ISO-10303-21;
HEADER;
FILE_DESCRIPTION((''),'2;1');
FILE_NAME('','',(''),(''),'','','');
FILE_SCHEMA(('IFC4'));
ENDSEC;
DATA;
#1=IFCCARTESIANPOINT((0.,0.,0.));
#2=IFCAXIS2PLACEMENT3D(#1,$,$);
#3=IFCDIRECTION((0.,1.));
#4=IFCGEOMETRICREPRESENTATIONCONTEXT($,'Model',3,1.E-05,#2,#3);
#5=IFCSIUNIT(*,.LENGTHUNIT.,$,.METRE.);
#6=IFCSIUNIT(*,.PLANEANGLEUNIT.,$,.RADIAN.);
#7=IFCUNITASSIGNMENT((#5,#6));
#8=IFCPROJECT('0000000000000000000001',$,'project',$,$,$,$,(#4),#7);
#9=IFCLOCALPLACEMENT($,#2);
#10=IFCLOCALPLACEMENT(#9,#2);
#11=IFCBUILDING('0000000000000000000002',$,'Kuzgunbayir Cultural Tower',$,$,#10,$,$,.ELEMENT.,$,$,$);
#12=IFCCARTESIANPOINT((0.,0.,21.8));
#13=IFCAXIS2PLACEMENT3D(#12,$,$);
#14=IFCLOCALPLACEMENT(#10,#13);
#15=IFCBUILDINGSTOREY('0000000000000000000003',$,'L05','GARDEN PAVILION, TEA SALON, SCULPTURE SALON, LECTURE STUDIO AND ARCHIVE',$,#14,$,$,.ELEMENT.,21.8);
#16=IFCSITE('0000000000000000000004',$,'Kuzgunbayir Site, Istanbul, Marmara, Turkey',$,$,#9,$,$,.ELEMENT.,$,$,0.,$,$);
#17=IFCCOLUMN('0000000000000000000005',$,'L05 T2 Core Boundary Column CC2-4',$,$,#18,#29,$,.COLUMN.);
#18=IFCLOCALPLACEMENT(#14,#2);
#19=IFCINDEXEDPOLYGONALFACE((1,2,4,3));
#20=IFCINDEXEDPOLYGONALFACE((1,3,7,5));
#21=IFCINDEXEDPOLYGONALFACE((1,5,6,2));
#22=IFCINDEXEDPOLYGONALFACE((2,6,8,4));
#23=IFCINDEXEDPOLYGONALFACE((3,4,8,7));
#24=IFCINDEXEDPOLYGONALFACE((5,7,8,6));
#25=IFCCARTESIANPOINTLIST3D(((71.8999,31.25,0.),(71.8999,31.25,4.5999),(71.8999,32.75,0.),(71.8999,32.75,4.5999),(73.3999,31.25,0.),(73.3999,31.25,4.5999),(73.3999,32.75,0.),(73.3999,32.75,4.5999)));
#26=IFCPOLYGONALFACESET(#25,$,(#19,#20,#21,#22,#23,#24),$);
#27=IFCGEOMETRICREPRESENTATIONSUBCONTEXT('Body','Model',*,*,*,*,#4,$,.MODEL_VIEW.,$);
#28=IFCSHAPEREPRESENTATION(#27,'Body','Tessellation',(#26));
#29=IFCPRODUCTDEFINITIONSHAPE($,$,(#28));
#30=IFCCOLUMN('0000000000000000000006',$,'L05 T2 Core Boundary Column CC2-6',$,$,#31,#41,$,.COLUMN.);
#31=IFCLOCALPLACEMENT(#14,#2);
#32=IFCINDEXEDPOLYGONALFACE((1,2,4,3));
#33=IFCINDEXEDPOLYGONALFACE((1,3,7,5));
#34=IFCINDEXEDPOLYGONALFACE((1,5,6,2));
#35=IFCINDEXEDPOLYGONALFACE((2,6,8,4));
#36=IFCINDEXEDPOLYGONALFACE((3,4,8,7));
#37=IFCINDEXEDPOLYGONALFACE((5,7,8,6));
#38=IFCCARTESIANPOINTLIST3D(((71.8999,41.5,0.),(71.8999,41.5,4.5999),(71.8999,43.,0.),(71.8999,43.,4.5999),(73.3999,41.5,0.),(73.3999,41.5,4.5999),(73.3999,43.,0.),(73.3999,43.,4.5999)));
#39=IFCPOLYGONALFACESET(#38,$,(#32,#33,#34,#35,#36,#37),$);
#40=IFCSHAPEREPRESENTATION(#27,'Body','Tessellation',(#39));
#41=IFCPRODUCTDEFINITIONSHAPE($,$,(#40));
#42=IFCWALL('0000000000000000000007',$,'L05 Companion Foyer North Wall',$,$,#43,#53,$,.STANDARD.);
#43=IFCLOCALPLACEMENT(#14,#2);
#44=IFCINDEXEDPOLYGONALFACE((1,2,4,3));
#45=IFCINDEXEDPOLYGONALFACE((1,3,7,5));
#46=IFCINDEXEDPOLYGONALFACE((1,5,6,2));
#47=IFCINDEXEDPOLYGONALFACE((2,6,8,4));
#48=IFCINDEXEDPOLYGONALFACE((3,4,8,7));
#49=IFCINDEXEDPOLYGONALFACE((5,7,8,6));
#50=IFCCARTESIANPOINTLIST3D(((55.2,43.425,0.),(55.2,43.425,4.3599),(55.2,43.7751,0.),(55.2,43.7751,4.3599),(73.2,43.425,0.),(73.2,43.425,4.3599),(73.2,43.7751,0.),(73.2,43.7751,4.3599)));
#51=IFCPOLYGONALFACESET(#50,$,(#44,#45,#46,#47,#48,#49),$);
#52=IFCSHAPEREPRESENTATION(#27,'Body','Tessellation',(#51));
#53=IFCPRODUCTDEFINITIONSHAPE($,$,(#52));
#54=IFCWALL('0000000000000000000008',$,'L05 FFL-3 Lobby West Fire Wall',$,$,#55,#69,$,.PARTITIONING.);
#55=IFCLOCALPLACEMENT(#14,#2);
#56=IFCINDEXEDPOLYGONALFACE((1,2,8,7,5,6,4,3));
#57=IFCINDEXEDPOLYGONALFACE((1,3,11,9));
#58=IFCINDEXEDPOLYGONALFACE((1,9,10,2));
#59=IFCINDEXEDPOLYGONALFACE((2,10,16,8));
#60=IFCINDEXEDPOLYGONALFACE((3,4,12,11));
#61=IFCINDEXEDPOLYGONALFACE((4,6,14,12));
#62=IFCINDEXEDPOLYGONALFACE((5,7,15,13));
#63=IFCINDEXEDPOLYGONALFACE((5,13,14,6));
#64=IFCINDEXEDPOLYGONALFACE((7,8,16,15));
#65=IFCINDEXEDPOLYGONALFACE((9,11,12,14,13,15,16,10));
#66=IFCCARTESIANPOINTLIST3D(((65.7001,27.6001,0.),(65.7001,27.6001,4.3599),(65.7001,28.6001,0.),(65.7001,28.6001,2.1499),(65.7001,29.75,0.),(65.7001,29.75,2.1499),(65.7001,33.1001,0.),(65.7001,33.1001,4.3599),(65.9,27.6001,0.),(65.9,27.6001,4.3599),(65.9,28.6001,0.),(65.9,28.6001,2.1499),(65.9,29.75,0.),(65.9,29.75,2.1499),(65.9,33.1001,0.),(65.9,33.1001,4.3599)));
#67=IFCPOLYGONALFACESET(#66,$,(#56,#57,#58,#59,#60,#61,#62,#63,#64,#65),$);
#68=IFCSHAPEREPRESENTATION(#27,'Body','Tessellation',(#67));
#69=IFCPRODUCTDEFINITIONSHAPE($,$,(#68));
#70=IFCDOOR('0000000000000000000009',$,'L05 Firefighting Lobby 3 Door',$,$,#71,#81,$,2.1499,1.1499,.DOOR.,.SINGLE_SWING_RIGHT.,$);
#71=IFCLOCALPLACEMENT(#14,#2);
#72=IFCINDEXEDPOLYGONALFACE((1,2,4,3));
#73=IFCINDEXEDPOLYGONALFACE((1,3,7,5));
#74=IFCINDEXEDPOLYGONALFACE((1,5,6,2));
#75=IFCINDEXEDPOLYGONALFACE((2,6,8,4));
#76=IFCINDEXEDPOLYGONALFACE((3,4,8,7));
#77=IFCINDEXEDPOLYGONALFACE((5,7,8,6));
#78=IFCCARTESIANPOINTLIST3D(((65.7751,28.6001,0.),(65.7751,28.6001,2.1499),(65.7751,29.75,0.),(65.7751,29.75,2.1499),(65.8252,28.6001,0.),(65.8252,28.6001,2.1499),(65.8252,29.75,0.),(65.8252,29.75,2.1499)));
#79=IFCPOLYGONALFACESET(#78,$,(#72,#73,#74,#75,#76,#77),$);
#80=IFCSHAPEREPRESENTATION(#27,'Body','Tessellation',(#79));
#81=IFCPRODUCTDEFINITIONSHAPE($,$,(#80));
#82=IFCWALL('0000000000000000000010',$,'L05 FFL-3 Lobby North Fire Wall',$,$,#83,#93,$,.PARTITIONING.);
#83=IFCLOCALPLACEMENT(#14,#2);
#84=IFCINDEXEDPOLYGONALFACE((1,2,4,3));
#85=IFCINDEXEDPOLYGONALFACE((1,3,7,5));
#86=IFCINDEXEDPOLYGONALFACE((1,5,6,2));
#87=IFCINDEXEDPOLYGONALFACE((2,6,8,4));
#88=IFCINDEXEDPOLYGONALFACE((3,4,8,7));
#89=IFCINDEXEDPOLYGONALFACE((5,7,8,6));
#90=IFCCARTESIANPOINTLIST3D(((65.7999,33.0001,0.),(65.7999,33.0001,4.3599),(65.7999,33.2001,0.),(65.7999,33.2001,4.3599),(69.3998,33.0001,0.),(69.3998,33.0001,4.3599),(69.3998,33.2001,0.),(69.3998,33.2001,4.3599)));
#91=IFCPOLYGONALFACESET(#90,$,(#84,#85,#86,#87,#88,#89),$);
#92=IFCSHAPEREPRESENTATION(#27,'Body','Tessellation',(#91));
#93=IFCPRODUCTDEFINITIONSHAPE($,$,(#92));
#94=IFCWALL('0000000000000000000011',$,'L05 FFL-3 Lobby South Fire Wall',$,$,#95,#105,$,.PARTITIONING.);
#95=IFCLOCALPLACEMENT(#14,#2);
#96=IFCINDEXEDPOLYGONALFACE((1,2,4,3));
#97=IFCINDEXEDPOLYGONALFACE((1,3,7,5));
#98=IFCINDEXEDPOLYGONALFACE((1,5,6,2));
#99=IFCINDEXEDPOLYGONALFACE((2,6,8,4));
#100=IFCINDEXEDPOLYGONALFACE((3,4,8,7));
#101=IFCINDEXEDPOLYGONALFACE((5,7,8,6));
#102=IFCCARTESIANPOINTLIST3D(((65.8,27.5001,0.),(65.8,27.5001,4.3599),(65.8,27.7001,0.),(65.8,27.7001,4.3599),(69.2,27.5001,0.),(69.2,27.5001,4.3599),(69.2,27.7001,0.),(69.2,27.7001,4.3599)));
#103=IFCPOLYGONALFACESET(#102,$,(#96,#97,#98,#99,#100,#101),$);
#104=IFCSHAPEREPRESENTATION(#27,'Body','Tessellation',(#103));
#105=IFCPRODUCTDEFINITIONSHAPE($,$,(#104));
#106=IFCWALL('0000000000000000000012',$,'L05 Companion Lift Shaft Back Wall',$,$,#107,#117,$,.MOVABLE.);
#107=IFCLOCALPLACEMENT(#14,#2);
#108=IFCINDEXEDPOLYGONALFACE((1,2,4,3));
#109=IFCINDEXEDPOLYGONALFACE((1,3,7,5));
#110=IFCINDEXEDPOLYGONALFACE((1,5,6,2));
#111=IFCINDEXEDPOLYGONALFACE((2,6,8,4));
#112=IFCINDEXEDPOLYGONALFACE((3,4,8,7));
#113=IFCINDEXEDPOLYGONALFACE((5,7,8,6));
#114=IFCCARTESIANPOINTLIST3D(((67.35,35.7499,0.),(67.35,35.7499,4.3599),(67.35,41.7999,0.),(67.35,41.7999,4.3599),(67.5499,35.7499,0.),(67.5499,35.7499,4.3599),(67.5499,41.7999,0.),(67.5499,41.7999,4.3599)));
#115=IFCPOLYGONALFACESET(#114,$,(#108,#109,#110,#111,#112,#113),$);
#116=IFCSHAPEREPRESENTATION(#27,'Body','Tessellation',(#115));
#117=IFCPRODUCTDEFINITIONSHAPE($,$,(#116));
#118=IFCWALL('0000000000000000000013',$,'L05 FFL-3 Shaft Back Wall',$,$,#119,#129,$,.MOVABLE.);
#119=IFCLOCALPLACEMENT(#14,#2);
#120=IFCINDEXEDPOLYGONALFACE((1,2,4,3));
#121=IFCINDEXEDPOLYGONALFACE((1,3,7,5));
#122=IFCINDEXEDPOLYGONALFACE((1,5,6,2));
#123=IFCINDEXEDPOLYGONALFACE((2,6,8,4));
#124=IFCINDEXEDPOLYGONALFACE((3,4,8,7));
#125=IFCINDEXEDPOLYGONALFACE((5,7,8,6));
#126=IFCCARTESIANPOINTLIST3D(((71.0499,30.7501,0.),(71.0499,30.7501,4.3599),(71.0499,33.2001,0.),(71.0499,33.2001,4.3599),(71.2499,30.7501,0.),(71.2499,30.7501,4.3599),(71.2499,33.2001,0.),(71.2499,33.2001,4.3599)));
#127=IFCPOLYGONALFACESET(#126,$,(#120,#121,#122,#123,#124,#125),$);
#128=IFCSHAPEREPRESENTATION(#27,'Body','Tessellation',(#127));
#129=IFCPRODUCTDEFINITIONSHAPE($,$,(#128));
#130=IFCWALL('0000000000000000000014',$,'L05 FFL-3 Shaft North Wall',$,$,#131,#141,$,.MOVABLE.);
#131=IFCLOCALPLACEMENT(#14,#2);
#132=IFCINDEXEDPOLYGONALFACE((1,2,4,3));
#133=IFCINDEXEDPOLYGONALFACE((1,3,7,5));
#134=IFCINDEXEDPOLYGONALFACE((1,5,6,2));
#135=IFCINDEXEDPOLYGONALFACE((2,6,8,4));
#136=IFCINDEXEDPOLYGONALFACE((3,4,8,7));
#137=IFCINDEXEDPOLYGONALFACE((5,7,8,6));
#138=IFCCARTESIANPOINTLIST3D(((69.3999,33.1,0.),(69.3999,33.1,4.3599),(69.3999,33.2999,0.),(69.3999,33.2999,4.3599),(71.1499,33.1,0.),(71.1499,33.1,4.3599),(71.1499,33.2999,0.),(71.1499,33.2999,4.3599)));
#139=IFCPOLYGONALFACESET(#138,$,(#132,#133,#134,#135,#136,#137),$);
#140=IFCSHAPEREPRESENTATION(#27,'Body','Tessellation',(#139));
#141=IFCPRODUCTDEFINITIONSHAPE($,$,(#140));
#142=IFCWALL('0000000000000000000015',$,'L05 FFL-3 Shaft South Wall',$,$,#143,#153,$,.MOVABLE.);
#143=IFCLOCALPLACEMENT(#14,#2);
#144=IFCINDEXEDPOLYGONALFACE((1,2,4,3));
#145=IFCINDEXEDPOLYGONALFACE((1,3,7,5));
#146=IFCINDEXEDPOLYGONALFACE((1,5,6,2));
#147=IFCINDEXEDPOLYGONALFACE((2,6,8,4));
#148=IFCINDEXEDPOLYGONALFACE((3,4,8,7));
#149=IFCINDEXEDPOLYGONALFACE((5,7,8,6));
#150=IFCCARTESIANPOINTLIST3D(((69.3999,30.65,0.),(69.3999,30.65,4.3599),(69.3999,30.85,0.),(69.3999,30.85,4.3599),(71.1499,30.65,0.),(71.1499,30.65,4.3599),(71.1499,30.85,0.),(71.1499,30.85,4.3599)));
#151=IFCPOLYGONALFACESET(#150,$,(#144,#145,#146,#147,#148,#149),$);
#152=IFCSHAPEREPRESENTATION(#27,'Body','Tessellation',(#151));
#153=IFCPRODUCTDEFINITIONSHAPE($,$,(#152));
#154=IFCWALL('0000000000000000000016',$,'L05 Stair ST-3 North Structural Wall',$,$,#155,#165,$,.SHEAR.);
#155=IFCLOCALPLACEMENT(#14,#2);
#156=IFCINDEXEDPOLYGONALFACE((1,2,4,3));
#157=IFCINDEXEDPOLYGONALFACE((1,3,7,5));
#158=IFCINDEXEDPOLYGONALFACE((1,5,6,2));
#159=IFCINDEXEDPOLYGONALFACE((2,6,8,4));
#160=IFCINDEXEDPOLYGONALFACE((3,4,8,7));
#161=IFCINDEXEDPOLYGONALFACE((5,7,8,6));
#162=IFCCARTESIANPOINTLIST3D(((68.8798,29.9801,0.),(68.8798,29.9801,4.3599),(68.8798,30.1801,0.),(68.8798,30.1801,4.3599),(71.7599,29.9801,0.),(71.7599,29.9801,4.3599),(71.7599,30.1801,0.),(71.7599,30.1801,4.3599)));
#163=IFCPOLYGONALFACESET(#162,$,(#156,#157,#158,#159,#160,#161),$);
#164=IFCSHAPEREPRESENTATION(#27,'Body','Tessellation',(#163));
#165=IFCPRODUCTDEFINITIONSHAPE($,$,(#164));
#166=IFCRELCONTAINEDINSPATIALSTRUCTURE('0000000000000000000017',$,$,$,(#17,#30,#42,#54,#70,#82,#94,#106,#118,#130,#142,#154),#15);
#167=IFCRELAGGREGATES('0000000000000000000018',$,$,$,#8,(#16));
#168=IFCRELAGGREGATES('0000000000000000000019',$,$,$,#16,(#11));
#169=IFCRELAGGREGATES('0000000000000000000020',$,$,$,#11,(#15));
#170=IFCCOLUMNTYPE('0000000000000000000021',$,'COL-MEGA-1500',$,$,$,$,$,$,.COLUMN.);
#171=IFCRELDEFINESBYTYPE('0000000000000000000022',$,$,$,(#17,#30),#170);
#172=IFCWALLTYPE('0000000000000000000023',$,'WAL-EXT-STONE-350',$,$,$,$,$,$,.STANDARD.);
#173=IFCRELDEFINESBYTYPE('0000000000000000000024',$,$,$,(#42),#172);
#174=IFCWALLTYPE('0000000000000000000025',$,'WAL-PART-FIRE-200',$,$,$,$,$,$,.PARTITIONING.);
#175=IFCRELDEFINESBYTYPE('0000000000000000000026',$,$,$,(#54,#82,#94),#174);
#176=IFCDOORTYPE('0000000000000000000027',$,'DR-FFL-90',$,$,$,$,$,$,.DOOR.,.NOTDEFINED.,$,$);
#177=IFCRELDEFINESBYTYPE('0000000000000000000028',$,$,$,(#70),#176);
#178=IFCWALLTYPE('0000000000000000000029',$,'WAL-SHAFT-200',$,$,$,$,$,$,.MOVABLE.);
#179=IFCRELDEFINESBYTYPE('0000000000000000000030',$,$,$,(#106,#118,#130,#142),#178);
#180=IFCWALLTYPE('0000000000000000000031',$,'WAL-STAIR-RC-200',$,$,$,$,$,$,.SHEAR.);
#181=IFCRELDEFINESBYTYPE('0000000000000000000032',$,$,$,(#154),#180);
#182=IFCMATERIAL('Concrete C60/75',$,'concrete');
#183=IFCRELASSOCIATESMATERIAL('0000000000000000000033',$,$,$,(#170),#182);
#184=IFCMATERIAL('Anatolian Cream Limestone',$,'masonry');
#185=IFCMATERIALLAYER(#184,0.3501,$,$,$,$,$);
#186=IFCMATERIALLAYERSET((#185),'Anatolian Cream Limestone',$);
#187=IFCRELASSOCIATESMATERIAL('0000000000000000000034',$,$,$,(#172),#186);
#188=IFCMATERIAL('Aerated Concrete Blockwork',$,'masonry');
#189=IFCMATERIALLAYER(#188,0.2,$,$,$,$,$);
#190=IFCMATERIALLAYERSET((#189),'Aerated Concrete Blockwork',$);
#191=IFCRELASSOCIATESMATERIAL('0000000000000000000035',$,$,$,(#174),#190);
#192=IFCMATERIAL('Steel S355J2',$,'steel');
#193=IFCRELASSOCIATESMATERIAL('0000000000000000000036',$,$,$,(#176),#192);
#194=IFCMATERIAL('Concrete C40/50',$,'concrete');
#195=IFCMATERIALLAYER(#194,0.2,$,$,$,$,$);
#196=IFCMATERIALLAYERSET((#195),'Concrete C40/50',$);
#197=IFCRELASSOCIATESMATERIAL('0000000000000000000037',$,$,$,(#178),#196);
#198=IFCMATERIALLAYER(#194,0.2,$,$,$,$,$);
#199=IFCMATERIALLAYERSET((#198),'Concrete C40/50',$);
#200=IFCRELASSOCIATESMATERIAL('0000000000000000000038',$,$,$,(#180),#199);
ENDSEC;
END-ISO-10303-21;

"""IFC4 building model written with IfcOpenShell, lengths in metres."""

from ifc_helpers import new_model, si_unit, direction, frame, frame_2d, origin, origin_2d, place, context, subcontext, project, spatial, rectangle, extrude, material, layer, layer_set, material_profile, profile_set, type_object, element, fill, save


model = new_model("IFC4")

# Units and contexts
model_context = context("Model", 3, precision=1e-05, world=origin(), true_north=direction((0.0, 1.0)))
body_context = subcontext(model_context, "Body", "Model", "MODEL_VIEW")
ifc_project = project(units=[si_unit("LENGTHUNIT", "METRE"), si_unit("PLANEANGLEUNIT", "RADIAN")], contexts=[model_context])

# Site, building, storey
site_placement = place(None, origin())
site = spatial("IfcSite", under=ifc_project, at=site_placement, Name="Kuzgunbayir Site, Istanbul, Marmara, Turkey", CompositionType="ELEMENT", RefElevation=0.0)
building_placement = place(site_placement, origin())
building = spatial("IfcBuilding", under=site, at=building_placement, Name="Kuzgunbayir Cultural Tower", CompositionType="ELEMENT")
storey_placement = place(building_placement, frame((0.0, 0.0, 21.8)))
storey = spatial("IfcBuildingStorey", under=building, at=storey_placement, Name="L05", Description="GARDEN PAVILION, TEA SALON, SCULPTURE SALON, LECTURE STUDIO AND ARCHIVE", CompositionType="ELEMENT", Elevation=21.8)

# Columns
ifc_material_1 = material(Name="Concrete C60/75", Category="concrete")
ifc_material_profile = material_profile(ifc_material_1, rectangle(XDim=1.5, YDim=1.5, at=origin_2d()), Name="RC 1500x1500")
ifc_profile_set = profile_set([ifc_material_profile], Name="Concrete C60/75")
column_type = type_object("IfcColumnType", Name="COL-MEGA-1500", PredefinedType="COLUMN", material=ifc_profile_set)
for number, where, z_axis, x_axis, name in (
    (1, (72.6499, 32.0, 0.0), (0.0, 0.0, 1.0), (1.0, 0.0, 0.0), "L05 T2 Core Boundary Column CC2-4"),
    (2, (72.6499, 42.25, 0.0), (0.0, 0.0, 1.0), (1.0, 0.0, 0.0), "L05 T2 Core Boundary Column CC2-6"),
):
    element("IfcColumn", number, at=place(storey_placement, frame(where, z_axis=z_axis, x_axis=x_axis)), inside=storey, type_object=column_type, Name=name, PredefinedType="COLUMN", context=body_context, shape_type="SweptSolid", body=[
        extrude(rectangle(XDim=1.5, YDim=1.5, at=origin_2d()), origin(), (0.0, 0.0, 1.0), 4.5999),
    ])

# Wall
ifc_material_2 = material(Name="Anatolian Cream Limestone", Category="masonry")
ifc_layer_1 = layer(ifc_material_2, 0.3501)
ifc_layer_set_1 = layer_set([ifc_layer_1], Name="Anatolian Cream Limestone")
wall_type_1 = type_object("IfcWallType", Name="WAL-EXT-STONE-350", PredefinedType="STANDARD", material=ifc_layer_set_1)
wall_1_placement = place(storey_placement, frame((73.2, 43.6001, 0.0), z_axis=(0.0, 0.0, 1.0), x_axis=(-1.0, 0.0, 0.0)))
element("IfcWall", 3, at=wall_1_placement, inside=storey, type_object=wall_type_1, Name="L05 Companion Foyer North Wall", PredefinedType="STANDARD", context=body_context, shape_type="SweptSolid", body=[
    extrude(rectangle(XDim=18.0, YDim=0.3501, at=frame_2d((9.0, 0.0))), origin(), (0.0, 0.0, 1.0), 4.3599),
])

# Wall, opening, door
ifc_material_3 = material(Name="Aerated Concrete Blockwork", Category="masonry")
ifc_layer_2 = layer(ifc_material_3, 0.2)
ifc_layer_set_2 = layer_set([ifc_layer_2], Name="Aerated Concrete Blockwork")
wall_type_2 = type_object("IfcWallType", Name="WAL-PART-FIRE-200", PredefinedType="PARTITIONING", material=ifc_layer_set_2)
wall_2_placement = place(storey_placement, frame((65.8, 27.6001, 0.0), z_axis=(0.0, 0.0, 1.0), x_axis=(0.0, 1.0, 0.0)))
wall_2 = element("IfcWall", 4, at=wall_2_placement, inside=storey, type_object=wall_type_2, Name="L05 FFL-3 Lobby West Fire Wall", PredefinedType="PARTITIONING", context=body_context, shape_type="SweptSolid", body=[
    extrude(rectangle(XDim=5.5, YDim=0.2, at=frame_2d((2.75, 0.0))), origin(), (0.0, 0.0, 1.0), 4.3599),
])
opening_1_placement = place(wall_2_placement, frame((1.0, 0.0, 0.0)))
opening_1 = element("IfcOpeningElement", 5, at=opening_1_placement, cuts=wall_2, PredefinedType="OPENING", context=body_context, shape_type="SweptSolid", body=[
    extrude(rectangle(XDim=1.1499, YDim=2.1499, at=frame_2d((0.575, 1.075))), frame((0.0, 0.1099, 0.0), z_axis=(0.0, -1.0, 0.0), x_axis=(1.0, 0.0, 0.0)), (0.0, 0.0, 1.0), 0.22),
])
ifc_material_4 = material(Name="Steel S355J2", Category="steel")
door_type_1 = type_object("IfcDoorType", Name="DR-FFL-90", OperationType="NOTDEFINED", PredefinedType="DOOR", material=ifc_material_4)
door_1_placement = place(opening_1_placement, origin())
door_1 = element("IfcDoor", 6, at=door_1_placement, inside=storey, type_object=door_type_1, Name="L05 Firefighting Lobby 3 Door", OperationType="SINGLE_SWING_RIGHT", OverallHeight=2.1499, OverallWidth=1.1499, PredefinedType="DOOR", context=body_context, shape_type="SweptSolid", body=[
    extrude(rectangle(XDim=1.1499, YDim=2.1499, at=frame_2d((0.575, 1.075))), frame((0.0, 0.0249, 0.0), z_axis=(0.0, -1.0, 0.0), x_axis=(1.0, 0.0, 0.0)), (0.0, 0.0, 1.0), 0.05),
])
fill(opening_1, door_1)

# Walls
wall_3_placement = place(storey_placement, frame((65.8, 33.1001, 0.0), z_axis=(0.0, 0.0, 1.0), x_axis=(1.0, 0.0, 0.0)))
element("IfcWall", 7, at=wall_3_placement, inside=storey, type_object=wall_type_2, Name="L05 FFL-3 Lobby North Fire Wall", PredefinedType="PARTITIONING", context=body_context, shape_type="SweptSolid", body=[
    extrude(rectangle(XDim=3.5999, YDim=0.2, at=frame_2d((1.7998, 0.0))), origin(), (0.0, 0.0, 1.0), 4.3599),
])
wall_4_placement = place(storey_placement, frame((65.8, 27.6001, 0.0), z_axis=(0.0, 0.0, 1.0), x_axis=(1.0, 0.0, 0.0)))
element("IfcWall", 8, at=wall_4_placement, inside=storey, type_object=wall_type_2, Name="L05 FFL-3 Lobby South Fire Wall", PredefinedType="PARTITIONING", context=body_context, shape_type="SweptSolid", body=[
    extrude(rectangle(XDim=3.3999, YDim=0.2, at=frame_2d((1.7, 0.0))), origin(), (0.0, 0.0, 1.0), 4.3599),
])
ifc_material_5 = material(Name="Concrete C40/50", Category="concrete")
ifc_layer_3 = layer(ifc_material_5, 0.2)
ifc_layer_set_3 = layer_set([ifc_layer_3], Name="Concrete C40/50")
wall_type_3 = type_object("IfcWallType", Name="WAL-SHAFT-200", PredefinedType="MOVABLE", material=ifc_layer_set_3)
wall_5_placement = place(storey_placement, frame((67.45, 35.75, 0.0), z_axis=(0.0, 0.0, 1.0), x_axis=(0.0, 1.0, 0.0)))
element("IfcWall", 9, at=wall_5_placement, inside=storey, type_object=wall_type_3, Name="L05 Companion Lift Shaft Back Wall", PredefinedType="MOVABLE", context=body_context, shape_type="SweptSolid", body=[
    extrude(rectangle(XDim=6.05, YDim=0.2, at=frame_2d((3.0249, 0.0))), origin(), (0.0, 0.0, 1.0), 4.3599),
])

# Walls
wall_6_placement = place(storey_placement, frame((71.1499, 30.75, 0.0), z_axis=(0.0, 0.0, 1.0), x_axis=(0.0, 1.0, 0.0)))
element("IfcWall", 10, at=wall_6_placement, inside=storey, type_object=wall_type_3, Name="L05 FFL-3 Shaft Back Wall", PredefinedType="MOVABLE", context=body_context, shape_type="SweptSolid", body=[
    extrude(rectangle(XDim=2.45, YDim=0.2, at=frame_2d((1.2251, 0.0))), origin(), (0.0, 0.0, 1.0), 4.3599),
])
for number, where, z_axis, x_axis, name in (
    (11, (69.3999, 33.2, 0.0), (0.0, 0.0, 1.0), (1.0, 0.0, 0.0), "L05 FFL-3 Shaft North Wall"),
    (12, (69.3999, 30.75, 0.0), (0.0, 0.0, 1.0), (1.0, 0.0, 0.0), "L05 FFL-3 Shaft South Wall"),
):
    element("IfcWall", number, at=place(storey_placement, frame(where, z_axis=z_axis, x_axis=x_axis)), inside=storey, type_object=wall_type_3, Name=name, PredefinedType="MOVABLE", context=body_context, shape_type="SweptSolid", body=[
        extrude(rectangle(XDim=1.75, YDim=0.2, at=frame_2d((0.875, 0.0))), origin(), (0.0, 0.0, 1.0), 4.3599),
    ])
ifc_layer_4 = layer(ifc_material_5, 0.2)
ifc_layer_set_4 = layer_set([ifc_layer_4], Name="Concrete C40/50")
wall_type_4 = type_object("IfcWallType", Name="WAL-STAIR-RC-200", PredefinedType="SHEAR", material=ifc_layer_set_4)
wall_7_placement = place(storey_placement, frame((68.8799, 30.0801, 0.0), z_axis=(0.0, 0.0, 1.0), x_axis=(1.0, 0.0, 0.0)))
element("IfcWall", 13, at=wall_7_placement, inside=storey, type_object=wall_type_4, Name="L05 Stair ST-3 North Structural Wall", PredefinedType="SHEAR", context=body_context, shape_type="SweptSolid", body=[
    extrude(rectangle(XDim=2.8801, YDim=0.2, at=frame_2d((1.4399, 0.0))), origin(), (0.0, 0.0, 1.0), 4.3599),
])

save(model, "model.ifc")
